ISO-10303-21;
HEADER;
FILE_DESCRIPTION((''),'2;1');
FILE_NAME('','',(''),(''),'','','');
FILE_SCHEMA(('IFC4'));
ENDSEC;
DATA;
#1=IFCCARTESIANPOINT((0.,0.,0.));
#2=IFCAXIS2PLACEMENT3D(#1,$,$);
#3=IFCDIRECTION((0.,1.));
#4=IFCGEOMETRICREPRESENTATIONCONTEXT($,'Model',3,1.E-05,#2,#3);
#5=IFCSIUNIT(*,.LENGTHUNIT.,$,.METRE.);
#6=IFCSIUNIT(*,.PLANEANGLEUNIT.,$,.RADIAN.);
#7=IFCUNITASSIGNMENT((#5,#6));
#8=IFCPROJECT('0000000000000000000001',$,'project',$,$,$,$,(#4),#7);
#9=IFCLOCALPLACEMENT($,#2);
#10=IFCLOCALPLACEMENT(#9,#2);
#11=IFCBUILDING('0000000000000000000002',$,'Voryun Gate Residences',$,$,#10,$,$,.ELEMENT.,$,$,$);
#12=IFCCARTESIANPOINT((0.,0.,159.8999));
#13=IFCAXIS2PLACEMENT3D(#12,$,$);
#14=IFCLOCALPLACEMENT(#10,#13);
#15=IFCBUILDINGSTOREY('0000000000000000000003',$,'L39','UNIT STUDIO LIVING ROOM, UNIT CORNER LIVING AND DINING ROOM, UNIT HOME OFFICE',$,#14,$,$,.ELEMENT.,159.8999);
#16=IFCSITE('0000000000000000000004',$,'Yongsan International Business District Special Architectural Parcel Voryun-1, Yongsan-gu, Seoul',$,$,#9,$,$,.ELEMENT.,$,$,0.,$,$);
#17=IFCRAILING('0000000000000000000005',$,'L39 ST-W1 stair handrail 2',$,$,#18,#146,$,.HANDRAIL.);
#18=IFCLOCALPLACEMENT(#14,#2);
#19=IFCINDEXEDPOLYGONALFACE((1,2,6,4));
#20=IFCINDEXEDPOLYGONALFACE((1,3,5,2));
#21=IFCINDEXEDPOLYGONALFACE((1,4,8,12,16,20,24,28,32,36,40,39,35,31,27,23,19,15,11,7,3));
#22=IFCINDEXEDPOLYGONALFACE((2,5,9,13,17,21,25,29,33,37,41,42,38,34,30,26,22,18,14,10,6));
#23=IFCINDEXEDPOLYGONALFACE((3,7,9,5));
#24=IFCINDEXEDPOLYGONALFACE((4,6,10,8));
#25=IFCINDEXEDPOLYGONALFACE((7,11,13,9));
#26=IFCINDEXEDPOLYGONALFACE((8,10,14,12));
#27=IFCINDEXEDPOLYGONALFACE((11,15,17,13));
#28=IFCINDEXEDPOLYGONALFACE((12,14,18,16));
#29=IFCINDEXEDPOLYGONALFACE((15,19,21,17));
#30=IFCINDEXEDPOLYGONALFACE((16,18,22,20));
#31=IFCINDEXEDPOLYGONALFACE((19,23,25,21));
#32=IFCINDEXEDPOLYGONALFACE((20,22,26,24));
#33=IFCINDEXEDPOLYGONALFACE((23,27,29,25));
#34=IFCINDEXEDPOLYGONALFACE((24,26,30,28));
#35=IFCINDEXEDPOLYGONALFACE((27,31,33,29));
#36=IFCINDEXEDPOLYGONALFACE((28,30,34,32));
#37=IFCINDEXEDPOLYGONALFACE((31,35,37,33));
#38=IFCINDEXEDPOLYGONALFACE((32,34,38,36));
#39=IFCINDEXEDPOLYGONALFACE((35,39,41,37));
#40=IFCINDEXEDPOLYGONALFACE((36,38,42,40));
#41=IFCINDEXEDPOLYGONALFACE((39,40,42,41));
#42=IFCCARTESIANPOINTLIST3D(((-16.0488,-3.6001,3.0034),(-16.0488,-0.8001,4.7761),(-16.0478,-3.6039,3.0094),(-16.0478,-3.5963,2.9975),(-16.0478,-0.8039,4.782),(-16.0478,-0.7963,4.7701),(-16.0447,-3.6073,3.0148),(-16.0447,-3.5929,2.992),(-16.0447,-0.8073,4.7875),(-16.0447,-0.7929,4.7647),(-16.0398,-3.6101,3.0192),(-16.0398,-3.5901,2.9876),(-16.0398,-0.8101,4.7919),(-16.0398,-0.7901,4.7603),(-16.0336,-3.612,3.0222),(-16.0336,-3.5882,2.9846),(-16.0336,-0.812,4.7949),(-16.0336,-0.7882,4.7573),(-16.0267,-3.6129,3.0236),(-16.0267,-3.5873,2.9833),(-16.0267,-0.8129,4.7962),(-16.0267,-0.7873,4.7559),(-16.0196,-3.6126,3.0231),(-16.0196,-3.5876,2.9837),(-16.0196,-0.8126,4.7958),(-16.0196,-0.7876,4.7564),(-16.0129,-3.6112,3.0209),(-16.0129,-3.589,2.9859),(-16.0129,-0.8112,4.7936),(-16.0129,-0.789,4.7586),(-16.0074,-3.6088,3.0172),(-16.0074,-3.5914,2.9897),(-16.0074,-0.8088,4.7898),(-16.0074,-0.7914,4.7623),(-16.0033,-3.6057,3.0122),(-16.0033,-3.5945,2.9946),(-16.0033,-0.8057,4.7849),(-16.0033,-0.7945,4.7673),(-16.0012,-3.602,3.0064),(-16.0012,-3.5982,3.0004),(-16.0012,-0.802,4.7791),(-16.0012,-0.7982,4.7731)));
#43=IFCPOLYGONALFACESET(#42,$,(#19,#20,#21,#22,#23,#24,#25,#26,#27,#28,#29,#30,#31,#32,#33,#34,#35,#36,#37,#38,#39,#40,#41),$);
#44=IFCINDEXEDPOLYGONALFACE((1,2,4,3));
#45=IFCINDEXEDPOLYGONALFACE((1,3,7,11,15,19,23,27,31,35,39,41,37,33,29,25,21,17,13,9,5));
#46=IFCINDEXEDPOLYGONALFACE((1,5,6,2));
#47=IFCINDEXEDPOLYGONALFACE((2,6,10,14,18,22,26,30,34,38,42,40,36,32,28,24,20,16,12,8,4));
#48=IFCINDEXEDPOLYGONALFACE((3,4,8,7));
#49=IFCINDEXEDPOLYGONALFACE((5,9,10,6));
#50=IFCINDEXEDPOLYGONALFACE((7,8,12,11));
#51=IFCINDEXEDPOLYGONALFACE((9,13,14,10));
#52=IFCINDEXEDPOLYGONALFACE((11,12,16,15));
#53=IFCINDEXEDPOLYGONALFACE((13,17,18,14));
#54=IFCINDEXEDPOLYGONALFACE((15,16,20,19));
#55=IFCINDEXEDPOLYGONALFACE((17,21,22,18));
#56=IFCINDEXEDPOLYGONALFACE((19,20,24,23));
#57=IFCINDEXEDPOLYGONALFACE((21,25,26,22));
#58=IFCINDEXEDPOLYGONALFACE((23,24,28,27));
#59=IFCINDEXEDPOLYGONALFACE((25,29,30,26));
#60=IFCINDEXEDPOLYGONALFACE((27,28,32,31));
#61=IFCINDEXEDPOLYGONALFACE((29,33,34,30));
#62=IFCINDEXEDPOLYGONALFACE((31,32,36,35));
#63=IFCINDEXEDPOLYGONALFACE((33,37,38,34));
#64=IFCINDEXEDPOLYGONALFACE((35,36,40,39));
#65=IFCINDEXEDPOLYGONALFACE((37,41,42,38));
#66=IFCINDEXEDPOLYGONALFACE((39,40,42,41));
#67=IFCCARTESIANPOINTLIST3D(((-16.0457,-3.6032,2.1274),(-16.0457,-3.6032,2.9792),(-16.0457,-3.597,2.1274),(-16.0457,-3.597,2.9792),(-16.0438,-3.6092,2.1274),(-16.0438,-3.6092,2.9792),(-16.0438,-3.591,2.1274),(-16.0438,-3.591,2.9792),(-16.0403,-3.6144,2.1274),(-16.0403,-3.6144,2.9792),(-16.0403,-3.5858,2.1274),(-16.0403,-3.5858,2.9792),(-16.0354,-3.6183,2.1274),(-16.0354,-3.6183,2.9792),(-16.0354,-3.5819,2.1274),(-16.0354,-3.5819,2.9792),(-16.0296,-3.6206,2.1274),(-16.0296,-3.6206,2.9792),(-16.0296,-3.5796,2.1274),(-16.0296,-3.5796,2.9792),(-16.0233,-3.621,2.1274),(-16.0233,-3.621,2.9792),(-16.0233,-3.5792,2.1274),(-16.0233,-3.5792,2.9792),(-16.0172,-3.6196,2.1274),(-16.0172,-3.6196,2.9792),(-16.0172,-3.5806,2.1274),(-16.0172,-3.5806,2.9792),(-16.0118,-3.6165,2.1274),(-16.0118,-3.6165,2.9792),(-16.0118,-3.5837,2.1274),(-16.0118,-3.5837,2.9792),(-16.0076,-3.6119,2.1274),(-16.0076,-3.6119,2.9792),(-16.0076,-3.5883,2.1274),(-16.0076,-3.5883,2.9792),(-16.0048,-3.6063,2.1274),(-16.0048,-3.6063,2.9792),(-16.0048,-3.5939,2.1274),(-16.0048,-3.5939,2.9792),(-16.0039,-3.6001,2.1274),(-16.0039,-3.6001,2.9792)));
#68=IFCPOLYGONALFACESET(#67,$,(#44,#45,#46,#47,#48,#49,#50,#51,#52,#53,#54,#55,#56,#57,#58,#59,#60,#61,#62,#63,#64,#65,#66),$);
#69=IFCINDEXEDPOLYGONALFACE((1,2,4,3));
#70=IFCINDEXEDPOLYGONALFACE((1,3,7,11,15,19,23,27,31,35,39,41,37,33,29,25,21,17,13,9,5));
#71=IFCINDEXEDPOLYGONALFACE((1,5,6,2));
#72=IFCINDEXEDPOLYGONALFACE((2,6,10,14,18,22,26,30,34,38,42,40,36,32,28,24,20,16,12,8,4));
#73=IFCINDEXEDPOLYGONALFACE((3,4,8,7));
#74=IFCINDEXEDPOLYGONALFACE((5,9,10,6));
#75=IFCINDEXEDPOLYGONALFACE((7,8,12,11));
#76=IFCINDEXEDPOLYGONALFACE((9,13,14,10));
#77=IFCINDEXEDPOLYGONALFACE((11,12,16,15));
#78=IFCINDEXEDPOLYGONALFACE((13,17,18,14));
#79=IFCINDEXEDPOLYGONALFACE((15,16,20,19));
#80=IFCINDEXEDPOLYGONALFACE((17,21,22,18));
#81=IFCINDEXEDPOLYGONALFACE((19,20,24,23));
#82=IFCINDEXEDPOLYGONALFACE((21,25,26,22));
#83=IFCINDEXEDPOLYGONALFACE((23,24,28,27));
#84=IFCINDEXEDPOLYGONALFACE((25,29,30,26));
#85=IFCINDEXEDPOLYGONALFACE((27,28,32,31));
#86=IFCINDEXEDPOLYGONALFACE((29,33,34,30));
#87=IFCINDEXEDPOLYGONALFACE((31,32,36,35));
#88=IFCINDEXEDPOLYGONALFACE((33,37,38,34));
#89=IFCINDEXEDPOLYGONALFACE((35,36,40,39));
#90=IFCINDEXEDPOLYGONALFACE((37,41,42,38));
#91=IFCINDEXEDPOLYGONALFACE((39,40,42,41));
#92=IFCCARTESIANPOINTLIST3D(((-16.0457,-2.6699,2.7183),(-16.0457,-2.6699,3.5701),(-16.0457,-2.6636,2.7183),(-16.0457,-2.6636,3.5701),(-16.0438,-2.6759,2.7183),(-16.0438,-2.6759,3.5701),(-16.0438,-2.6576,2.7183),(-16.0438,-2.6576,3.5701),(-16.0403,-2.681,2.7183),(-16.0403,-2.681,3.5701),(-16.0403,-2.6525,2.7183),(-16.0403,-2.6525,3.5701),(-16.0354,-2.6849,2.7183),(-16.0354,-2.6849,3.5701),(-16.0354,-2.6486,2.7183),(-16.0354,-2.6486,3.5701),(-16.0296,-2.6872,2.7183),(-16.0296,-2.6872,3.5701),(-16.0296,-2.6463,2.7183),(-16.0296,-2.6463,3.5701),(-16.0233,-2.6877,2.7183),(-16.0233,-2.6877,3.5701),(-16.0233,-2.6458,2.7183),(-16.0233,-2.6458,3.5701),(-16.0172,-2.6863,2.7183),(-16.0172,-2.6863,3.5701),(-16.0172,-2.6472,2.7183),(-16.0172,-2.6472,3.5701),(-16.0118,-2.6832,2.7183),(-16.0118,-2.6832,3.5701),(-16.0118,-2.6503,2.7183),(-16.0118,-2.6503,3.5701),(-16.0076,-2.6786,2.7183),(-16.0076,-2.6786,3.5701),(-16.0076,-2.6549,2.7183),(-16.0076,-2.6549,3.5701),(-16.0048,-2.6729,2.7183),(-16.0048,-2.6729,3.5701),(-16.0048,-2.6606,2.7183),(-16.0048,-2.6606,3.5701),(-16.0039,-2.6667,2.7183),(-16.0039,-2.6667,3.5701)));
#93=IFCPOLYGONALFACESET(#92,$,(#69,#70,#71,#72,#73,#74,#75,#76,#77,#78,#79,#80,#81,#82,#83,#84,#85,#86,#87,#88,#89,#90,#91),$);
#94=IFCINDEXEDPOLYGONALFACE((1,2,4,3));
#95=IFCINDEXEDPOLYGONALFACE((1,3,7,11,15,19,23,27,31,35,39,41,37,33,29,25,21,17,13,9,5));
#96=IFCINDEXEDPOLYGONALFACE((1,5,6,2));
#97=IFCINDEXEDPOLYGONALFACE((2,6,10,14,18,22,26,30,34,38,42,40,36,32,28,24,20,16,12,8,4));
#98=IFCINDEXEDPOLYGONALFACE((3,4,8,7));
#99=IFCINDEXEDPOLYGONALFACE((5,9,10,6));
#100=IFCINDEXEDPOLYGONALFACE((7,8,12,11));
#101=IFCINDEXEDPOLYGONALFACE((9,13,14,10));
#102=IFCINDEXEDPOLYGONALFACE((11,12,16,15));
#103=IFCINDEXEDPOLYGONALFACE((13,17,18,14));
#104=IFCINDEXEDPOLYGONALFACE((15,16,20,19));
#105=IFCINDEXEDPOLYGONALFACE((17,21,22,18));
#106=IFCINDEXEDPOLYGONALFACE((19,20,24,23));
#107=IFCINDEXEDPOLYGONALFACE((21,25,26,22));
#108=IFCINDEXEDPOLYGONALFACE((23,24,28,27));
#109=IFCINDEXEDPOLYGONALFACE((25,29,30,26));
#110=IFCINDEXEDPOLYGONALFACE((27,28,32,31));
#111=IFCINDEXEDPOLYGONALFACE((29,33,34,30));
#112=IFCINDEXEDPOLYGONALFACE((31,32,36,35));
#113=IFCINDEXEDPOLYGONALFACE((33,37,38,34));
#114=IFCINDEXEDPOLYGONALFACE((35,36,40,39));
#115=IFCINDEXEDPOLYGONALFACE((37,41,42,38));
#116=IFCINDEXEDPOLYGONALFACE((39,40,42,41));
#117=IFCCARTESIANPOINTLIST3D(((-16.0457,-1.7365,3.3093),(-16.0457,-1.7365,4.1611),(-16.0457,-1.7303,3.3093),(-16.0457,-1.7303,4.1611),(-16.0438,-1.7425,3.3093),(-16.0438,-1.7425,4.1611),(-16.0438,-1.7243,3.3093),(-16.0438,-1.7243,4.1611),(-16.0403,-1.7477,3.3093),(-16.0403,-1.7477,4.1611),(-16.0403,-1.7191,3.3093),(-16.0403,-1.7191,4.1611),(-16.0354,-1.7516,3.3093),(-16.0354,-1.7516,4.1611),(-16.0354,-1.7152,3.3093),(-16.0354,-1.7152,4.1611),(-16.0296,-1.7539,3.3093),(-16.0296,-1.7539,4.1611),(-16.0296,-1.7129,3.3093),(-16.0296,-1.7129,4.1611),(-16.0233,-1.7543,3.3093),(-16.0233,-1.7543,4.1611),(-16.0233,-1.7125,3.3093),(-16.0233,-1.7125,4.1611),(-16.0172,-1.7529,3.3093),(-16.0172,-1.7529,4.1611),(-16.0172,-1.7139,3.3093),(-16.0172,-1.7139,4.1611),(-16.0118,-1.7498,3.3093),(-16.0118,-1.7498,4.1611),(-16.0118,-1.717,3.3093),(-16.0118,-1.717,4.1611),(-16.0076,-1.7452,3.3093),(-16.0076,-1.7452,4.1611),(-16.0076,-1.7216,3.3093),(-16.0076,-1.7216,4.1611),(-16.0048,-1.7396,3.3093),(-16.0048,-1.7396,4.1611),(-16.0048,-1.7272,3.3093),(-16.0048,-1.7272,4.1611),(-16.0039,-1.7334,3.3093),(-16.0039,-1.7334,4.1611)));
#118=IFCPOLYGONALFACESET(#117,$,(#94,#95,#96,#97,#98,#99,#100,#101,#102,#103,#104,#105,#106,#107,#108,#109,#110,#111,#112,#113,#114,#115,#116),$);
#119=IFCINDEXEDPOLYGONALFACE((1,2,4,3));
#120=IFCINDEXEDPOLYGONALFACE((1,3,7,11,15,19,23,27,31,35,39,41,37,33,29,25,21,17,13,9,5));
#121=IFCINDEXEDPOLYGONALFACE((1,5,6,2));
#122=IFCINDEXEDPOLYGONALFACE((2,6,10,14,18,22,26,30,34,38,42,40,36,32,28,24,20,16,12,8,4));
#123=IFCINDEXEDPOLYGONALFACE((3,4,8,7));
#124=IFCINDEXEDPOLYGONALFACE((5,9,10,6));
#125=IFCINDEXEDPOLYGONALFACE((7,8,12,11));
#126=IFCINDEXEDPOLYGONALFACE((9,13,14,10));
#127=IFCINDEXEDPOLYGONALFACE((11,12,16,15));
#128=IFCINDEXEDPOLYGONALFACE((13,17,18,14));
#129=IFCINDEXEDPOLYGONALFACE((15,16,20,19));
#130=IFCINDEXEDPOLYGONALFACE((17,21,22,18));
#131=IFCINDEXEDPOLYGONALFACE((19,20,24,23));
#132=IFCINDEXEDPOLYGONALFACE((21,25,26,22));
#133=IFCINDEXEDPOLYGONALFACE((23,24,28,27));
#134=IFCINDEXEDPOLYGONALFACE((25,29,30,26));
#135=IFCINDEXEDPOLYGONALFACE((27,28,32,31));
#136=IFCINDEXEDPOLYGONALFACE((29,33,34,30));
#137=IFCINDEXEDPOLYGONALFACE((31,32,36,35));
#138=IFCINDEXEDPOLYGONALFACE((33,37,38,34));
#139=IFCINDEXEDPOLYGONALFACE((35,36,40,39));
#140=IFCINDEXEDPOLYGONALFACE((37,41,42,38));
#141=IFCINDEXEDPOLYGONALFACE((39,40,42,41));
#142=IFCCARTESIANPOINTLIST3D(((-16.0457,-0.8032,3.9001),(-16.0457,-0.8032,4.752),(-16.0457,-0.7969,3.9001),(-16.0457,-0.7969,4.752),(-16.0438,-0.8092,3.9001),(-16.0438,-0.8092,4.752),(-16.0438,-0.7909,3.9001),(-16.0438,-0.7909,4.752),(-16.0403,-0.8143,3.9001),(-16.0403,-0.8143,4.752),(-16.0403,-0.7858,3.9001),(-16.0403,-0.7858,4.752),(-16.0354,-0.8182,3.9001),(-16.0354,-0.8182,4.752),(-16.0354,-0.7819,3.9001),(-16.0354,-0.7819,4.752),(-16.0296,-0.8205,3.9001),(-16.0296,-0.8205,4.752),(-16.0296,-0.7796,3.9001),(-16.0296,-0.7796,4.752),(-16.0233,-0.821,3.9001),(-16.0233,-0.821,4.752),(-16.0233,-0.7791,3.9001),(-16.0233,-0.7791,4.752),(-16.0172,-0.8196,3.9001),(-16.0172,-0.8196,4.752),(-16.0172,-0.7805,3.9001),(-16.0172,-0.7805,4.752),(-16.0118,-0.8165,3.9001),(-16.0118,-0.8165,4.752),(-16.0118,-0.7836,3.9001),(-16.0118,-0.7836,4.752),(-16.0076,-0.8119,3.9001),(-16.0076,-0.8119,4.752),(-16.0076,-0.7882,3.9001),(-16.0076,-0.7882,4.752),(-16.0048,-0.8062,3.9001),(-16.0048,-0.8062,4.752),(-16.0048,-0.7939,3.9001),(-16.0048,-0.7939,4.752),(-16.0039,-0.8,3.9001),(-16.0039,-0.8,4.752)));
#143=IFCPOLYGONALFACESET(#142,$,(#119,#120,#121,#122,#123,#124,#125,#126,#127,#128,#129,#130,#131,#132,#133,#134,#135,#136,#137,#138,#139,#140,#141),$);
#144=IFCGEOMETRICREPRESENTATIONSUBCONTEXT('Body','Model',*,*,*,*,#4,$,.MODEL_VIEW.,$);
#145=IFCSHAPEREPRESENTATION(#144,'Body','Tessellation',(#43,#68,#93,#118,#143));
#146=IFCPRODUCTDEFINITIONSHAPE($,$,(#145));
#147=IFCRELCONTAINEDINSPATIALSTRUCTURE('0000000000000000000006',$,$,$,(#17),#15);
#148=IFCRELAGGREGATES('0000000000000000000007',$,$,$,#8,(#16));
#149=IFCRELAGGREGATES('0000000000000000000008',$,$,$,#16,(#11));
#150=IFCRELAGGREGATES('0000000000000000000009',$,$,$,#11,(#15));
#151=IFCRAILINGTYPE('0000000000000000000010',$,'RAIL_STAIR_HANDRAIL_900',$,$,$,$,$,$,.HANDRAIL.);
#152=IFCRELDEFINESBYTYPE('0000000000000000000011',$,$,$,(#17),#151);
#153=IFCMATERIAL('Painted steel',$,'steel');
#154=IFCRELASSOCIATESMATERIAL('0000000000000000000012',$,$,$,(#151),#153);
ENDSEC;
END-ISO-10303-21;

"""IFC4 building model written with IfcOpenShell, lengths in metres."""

from ifc_helpers import new_model, si_unit, direction, frame, origin, origin_2d, place, context, subcontext, project, spatial, circle, extrude, material, type_object, element, save


model = new_model("IFC4")

# Units and contexts
model_context = context("Model", 3, precision=1e-05, world=origin(), true_north=direction((0.0, 1.0)))
body_context = subcontext(model_context, "Body", "Model", "MODEL_VIEW")
ifc_project = project(units=[si_unit("LENGTHUNIT", "METRE"), si_unit("PLANEANGLEUNIT", "RADIAN")], contexts=[model_context])

# Site, building, storey
site_placement = place(None, origin())
site = spatial("IfcSite", under=ifc_project, at=site_placement, Name="Yongsan International Business District Special Architectural Parcel Voryun-1, Yongsan-gu, Seoul", CompositionType="ELEMENT", RefElevation=0.0)
building_placement = place(site_placement, origin())
building = spatial("IfcBuilding", under=site, at=building_placement, Name="Voryun Gate Residences", CompositionType="ELEMENT")
storey_placement = place(building_placement, frame((0.0, 0.0, 159.8999)))
storey = spatial("IfcBuildingStorey", under=building, at=storey_placement, Name="L39", Description="UNIT STUDIO LIVING ROOM, UNIT CORNER LIVING AND DINING ROOM, UNIT HOME OFFICE", CompositionType="ELEMENT", Elevation=159.8999)

# Railing
ifc_material_1 = material(Name="Painted steel", Category="steel")
railing_type_1 = type_object("IfcRailingType", Name="RAIL_STAIR_HANDRAIL_900", PredefinedType="HANDRAIL", material=ifc_material_1)
railing_1_placement = place(storey_placement, frame((-16.0249, -3.6001, 2.1274)))
element("IfcRailing", 1, at=railing_1_placement, inside=storey, type_object=railing_type_1, Name="L39 ST-W1 stair handrail 2", PredefinedType="HANDRAIL", context=body_context, shape_type="SweptSolid", body=[
    extrude(circle(Radius=0.0239, at=origin_2d()), frame((0.0, 0.0, 0.876), z_axis=(0.0, 0.844909, 0.53491), x_axis=(-1.0, 0.0, 0.0)), (0.0, 0.0, 1.0), 3.314),
    extrude(circle(Radius=0.021, at=origin_2d()), origin(), (0.0, 0.0, 1.0), 0.8518),
    extrude(circle(Radius=0.021, at=origin_2d()), frame((0.0, 0.9333, 0.5908)), (0.0, 0.0, 1.0), 0.8518),
    extrude(circle(Radius=0.021, at=origin_2d()), frame((0.0, 1.8667, 1.1819)), (0.0, 0.0, 1.0), 0.8518),
    extrude(circle(Radius=0.021, at=origin_2d()), frame((0.0, 2.8, 1.7727)), (0.0, 0.0, 1.0), 0.8518),
])

save(model, "model.ifc")
